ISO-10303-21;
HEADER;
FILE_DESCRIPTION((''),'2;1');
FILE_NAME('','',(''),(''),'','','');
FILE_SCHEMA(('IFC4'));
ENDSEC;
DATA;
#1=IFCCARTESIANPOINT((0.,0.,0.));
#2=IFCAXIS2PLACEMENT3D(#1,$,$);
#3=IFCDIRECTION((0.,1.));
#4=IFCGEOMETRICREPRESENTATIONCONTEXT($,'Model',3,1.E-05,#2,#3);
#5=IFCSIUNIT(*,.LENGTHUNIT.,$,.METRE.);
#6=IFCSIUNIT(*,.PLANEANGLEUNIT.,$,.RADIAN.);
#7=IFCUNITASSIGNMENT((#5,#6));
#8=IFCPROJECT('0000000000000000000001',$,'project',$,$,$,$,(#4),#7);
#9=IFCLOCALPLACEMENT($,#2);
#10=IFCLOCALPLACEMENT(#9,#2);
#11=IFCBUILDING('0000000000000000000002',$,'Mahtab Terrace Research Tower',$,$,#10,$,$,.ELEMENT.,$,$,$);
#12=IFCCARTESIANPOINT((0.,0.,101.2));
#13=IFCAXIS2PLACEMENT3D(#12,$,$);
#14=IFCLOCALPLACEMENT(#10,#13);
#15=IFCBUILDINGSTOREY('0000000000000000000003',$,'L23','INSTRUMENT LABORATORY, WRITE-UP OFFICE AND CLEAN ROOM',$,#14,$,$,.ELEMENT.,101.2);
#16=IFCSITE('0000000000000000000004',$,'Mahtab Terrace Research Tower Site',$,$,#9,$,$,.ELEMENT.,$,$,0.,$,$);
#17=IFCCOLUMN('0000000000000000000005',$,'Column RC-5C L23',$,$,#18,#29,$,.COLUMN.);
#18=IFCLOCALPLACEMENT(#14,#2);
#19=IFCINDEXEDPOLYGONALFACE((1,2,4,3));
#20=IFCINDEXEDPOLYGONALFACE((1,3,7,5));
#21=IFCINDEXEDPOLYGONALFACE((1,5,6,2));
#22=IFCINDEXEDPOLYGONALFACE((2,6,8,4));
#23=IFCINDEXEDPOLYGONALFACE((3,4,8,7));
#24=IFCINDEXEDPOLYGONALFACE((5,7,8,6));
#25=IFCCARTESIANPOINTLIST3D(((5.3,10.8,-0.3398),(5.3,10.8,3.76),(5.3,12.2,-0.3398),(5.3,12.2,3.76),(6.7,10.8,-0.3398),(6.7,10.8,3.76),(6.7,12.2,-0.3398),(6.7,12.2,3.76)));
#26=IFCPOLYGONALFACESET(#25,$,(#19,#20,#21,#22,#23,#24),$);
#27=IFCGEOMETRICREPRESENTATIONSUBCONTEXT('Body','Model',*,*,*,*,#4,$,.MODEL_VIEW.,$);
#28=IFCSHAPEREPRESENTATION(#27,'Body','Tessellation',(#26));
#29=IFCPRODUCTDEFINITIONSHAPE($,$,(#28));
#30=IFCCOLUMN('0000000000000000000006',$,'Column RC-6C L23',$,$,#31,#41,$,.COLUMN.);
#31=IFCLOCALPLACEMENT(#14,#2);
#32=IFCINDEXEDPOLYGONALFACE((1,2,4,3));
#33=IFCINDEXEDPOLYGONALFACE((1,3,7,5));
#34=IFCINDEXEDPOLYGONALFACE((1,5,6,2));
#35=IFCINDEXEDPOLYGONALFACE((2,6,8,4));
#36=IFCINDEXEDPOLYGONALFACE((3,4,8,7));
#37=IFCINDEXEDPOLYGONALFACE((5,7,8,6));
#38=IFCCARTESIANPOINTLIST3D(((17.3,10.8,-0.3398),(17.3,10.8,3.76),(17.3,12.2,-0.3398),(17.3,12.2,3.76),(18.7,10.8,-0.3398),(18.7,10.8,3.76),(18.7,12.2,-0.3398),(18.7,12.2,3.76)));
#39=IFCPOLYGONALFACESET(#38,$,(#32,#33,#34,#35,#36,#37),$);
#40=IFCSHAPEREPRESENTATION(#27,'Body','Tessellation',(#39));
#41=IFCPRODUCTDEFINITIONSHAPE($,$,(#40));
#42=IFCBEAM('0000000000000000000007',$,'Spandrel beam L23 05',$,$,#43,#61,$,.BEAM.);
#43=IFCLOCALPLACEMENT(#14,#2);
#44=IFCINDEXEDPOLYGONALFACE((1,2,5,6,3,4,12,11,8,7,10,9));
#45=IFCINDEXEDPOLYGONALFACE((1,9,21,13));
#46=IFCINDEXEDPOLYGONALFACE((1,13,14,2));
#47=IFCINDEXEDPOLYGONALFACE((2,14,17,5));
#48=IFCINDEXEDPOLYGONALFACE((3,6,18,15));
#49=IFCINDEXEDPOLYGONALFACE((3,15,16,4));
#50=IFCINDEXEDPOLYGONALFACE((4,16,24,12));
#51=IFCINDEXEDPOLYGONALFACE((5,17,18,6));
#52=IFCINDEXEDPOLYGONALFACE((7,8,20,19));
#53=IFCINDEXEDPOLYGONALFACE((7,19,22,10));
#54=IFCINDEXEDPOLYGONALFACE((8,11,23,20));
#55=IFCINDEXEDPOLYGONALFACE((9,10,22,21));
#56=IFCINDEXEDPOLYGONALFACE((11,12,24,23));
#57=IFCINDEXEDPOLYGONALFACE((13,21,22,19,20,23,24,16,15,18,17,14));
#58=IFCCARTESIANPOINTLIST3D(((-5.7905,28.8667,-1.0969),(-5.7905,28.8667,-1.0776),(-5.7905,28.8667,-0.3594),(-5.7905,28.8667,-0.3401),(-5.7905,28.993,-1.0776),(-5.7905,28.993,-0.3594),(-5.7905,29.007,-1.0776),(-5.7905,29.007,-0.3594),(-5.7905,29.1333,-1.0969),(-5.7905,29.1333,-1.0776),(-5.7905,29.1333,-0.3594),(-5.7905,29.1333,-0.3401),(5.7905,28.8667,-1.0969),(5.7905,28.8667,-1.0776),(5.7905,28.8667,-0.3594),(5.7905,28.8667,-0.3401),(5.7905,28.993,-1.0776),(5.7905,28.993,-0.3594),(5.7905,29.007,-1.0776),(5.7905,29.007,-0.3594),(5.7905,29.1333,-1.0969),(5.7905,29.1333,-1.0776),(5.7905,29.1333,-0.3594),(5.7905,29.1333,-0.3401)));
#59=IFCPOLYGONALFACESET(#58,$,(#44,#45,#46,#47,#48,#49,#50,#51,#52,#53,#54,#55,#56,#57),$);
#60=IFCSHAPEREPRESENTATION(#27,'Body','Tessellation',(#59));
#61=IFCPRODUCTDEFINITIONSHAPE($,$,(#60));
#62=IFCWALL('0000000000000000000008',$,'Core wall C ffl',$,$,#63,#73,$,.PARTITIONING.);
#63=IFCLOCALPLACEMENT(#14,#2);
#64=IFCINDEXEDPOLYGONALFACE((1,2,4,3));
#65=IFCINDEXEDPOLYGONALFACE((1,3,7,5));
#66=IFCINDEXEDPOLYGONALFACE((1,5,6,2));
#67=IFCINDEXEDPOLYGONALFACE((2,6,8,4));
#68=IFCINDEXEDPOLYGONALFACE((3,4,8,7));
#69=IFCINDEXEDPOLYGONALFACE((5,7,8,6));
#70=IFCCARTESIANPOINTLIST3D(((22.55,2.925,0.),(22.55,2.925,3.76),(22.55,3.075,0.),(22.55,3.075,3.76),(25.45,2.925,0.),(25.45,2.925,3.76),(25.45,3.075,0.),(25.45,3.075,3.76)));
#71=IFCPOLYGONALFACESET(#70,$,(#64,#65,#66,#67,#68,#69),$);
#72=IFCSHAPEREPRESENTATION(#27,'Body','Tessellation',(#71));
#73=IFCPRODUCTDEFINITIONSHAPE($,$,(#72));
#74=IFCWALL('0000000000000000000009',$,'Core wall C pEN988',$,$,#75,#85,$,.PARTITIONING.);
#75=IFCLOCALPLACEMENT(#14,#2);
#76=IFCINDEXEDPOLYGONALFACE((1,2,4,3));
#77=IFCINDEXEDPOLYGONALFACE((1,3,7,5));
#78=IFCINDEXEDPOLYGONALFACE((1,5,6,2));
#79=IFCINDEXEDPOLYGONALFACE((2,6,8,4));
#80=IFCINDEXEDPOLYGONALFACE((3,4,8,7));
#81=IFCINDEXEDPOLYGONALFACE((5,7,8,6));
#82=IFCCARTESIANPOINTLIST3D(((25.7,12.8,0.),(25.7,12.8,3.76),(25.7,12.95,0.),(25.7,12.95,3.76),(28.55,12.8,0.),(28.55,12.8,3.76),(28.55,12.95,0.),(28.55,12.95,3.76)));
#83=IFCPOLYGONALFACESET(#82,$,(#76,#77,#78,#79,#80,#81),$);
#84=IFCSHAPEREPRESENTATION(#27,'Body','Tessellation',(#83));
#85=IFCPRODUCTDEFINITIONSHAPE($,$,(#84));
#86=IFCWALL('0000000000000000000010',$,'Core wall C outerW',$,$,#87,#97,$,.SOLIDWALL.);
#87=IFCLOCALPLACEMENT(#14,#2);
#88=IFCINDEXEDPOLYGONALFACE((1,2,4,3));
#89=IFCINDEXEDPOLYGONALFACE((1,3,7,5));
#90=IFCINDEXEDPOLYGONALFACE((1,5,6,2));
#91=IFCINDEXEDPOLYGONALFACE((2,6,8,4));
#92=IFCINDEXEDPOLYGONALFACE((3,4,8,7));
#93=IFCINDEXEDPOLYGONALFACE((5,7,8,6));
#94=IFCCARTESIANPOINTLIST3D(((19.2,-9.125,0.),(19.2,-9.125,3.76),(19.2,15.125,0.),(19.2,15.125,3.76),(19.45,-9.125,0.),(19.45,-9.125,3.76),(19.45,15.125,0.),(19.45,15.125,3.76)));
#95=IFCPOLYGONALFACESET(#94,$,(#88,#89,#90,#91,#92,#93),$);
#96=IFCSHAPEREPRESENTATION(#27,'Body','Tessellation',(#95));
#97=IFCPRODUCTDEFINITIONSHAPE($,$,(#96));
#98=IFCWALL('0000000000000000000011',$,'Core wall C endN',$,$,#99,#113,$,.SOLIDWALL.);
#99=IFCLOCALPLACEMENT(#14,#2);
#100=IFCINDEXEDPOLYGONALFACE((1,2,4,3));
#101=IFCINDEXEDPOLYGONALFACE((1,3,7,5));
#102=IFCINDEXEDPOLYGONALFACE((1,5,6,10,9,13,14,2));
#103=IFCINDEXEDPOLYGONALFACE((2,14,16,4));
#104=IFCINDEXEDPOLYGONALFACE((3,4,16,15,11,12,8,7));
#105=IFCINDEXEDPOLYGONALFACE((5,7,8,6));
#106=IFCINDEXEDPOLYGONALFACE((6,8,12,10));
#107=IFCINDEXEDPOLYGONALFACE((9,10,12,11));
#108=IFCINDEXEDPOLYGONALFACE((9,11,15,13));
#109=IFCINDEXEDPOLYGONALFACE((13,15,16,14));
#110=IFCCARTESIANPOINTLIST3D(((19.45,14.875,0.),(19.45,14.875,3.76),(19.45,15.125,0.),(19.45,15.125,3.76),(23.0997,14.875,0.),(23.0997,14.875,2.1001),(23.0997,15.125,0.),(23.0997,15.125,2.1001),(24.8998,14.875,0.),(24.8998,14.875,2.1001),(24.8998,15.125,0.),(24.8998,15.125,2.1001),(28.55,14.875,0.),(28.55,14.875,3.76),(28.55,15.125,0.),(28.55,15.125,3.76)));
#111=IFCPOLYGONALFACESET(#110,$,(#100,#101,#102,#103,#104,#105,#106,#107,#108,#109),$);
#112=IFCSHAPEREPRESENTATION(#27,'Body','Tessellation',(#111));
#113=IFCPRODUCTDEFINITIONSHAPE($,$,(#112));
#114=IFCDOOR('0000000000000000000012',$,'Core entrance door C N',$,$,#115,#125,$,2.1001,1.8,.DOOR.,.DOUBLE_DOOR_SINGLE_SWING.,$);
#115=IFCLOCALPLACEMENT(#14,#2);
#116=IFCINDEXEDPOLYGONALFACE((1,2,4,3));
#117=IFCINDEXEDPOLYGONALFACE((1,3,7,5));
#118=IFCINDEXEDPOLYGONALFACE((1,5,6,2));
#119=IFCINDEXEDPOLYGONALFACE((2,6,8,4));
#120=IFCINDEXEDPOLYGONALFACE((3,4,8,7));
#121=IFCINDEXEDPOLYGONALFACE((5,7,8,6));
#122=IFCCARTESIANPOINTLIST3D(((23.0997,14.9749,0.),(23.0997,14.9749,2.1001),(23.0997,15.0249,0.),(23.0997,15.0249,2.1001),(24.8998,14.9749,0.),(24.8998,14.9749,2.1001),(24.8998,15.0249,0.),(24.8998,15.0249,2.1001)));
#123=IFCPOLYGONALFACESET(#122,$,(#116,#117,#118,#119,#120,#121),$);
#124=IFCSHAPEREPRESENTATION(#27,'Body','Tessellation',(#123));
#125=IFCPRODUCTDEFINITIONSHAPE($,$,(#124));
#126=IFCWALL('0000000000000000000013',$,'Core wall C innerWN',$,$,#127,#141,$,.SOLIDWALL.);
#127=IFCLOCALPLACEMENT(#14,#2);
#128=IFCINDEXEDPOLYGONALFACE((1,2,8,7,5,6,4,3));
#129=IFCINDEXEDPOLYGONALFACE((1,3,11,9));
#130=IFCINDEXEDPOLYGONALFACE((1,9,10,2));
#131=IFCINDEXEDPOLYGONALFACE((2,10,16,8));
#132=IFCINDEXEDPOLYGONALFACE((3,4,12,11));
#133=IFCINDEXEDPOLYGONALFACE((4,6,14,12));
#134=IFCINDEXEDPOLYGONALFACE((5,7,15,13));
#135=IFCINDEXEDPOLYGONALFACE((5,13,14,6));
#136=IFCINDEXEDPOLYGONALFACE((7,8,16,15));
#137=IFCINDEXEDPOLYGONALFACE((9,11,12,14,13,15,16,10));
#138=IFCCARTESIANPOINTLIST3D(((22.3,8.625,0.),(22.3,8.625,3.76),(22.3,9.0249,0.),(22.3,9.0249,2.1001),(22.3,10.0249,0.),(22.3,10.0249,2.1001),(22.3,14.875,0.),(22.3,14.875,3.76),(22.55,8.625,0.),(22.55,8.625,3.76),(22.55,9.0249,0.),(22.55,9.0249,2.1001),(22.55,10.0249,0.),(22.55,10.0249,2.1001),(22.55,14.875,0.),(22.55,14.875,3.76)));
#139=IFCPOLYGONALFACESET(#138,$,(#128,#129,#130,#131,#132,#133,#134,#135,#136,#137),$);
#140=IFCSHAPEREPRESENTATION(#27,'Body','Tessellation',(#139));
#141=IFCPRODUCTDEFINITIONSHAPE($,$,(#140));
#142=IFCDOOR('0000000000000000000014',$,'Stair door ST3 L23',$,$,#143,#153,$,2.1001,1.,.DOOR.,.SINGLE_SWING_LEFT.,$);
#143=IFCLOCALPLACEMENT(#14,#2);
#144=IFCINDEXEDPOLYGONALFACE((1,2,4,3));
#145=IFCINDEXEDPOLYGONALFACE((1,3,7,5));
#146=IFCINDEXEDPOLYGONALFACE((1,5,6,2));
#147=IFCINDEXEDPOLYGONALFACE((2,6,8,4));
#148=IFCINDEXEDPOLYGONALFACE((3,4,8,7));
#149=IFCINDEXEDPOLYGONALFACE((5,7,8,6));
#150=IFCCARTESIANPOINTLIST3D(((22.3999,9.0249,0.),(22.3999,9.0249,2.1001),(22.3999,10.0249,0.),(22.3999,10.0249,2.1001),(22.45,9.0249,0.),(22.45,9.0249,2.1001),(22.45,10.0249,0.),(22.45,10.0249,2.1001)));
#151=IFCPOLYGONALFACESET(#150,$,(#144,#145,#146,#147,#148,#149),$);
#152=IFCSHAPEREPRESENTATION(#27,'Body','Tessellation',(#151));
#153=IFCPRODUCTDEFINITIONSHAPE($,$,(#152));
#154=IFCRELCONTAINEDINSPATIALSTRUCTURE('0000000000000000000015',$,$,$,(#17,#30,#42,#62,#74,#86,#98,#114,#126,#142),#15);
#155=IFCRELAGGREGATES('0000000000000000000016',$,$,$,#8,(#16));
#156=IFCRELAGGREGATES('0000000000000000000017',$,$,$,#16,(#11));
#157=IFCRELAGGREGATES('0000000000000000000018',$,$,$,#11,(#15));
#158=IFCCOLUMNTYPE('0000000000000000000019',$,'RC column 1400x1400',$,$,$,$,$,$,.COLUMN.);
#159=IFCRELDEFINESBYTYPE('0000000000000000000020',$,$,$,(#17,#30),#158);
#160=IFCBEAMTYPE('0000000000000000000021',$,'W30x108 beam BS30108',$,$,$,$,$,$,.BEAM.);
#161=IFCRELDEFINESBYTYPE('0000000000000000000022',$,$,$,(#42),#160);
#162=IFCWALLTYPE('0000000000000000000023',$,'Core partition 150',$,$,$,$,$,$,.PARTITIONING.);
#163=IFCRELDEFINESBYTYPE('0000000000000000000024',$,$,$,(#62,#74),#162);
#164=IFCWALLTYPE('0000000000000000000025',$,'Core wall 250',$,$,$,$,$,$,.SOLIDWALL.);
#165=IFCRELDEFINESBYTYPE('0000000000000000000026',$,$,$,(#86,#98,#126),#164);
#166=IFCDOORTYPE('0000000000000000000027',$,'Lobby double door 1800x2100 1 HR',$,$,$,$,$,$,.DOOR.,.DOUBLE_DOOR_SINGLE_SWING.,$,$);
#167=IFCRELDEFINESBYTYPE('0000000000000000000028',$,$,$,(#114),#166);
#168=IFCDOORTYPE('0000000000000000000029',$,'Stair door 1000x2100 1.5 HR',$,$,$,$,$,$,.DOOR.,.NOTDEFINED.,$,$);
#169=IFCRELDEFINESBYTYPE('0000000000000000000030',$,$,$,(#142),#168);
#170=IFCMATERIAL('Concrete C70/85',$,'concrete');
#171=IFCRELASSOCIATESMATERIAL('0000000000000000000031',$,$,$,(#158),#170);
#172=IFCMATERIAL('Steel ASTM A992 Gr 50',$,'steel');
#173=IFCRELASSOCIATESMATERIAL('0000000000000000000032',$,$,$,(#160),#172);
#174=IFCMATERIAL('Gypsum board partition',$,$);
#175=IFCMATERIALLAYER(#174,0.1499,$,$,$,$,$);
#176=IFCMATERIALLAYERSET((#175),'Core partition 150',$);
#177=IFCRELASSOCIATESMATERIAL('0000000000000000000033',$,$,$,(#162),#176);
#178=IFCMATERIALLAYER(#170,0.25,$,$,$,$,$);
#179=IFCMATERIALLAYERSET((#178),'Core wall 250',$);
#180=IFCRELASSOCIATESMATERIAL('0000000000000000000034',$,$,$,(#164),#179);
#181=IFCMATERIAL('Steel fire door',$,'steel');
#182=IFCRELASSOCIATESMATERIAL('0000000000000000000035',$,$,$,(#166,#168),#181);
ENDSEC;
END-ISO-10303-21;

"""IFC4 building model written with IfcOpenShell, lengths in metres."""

from ifc_helpers import new_model, si_unit, direction, frame, frame_2d, origin, origin_2d, place, context, subcontext, project, spatial, rectangle, i_section, extrude, material, layer, layer_set, material_profile, profile_set, type_object, element, fill, save


model = new_model("IFC4")

# Units and contexts
model_context = context("Model", 3, precision=1e-05, world=origin(), true_north=direction((0.0, 1.0)))
body_context = subcontext(model_context, "Body", "Model", "MODEL_VIEW")
ifc_project = project(units=[si_unit("LENGTHUNIT", "METRE"), si_unit("PLANEANGLEUNIT", "RADIAN")], contexts=[model_context])

# Site, building, storey
site_placement = place(None, origin())
site = spatial("IfcSite", under=ifc_project, at=site_placement, Name="Mahtab Terrace Research Tower Site", CompositionType="ELEMENT", RefElevation=0.0)
building_placement = place(site_placement, origin())
building = spatial("IfcBuilding", under=site, at=building_placement, Name="Mahtab Terrace Research Tower", CompositionType="ELEMENT")
storey_placement = place(building_placement, frame((0.0, 0.0, 101.2)))
storey = spatial("IfcBuildingStorey", under=building, at=storey_placement, Name="L23", Description="INSTRUMENT LABORATORY, WRITE-UP OFFICE AND CLEAN ROOM", CompositionType="ELEMENT", Elevation=101.2)

# Columns
ifc_material_1 = material(Name="Concrete C70/85", Category="concrete")
ifc_material_profile_1 = material_profile(ifc_material_1, rectangle(XDim=1.3999, YDim=1.3999, at=origin_2d()), Name="RC column 1400x1400")
ifc_profile_set_1 = profile_set([ifc_material_profile_1], Name="Concrete C70/85")
column_type = type_object("IfcColumnType", Name="RC column 1400x1400", PredefinedType="COLUMN", material=ifc_profile_set_1)
for number, where, z_axis, x_axis, name in (
    (1, (6.0, 11.5, -0.3398), (0.0, 0.0, 1.0), (1.0, 0.0, 0.0), "Column RC-5C L23"),
    (2, (18.0, 11.5, -0.3398), (0.0, 0.0, 1.0), (1.0, 0.0, 0.0), "Column RC-6C L23"),
):
    element("IfcColumn", number, at=place(storey_placement, frame(where, z_axis=z_axis, x_axis=x_axis)), inside=storey, type_object=column_type, Name=name, PredefinedType="COLUMN", context=body_context, shape_type="SweptSolid", body=[
        extrude(rectangle(XDim=1.3999, YDim=1.3999, at=origin_2d()), origin(), (0.0, 0.0, 1.0), 4.0999),
    ])

# Beam
ifc_material_2 = material(Name="Steel ASTM A992 Gr 50", Category="steel")
ifc_material_profile_2 = material_profile(ifc_material_2, i_section(OverallWidth=0.2666, OverallDepth=0.7568, WebThickness=0.0139, FlangeThickness=0.0193, at=origin_2d()), Name="W30X108")
ifc_profile_set_2 = profile_set([ifc_material_profile_2], Name="Steel ASTM A992 Gr 50")
beam_type = type_object("IfcBeamType", Name="W30x108 beam BS30108", PredefinedType="BEAM", material=ifc_profile_set_2)
beam_placement = place(storey_placement, frame((5.7905, 29.0, -0.7185), z_axis=(-1.0, 0.0, 0.0), x_axis=(0.0, -1.0, 0.0)))
element("IfcBeam", 3, at=beam_placement, inside=storey, type_object=beam_type, Name="Spandrel beam L23 05", PredefinedType="BEAM", context=body_context, shape_type="SweptSolid", body=[
    extrude(i_section(OverallWidth=0.2666, OverallDepth=0.7568, WebThickness=0.0139, FlangeThickness=0.0193, at=origin_2d()), origin(), (0.0, 0.0, 1.0), 11.5811),
])

# Walls
ifc_material_3 = material(Name="Gypsum board partition")
ifc_layer_1 = layer(ifc_material_3, 0.1499)
ifc_layer_set_1 = layer_set([ifc_layer_1], Name="Core partition 150")
wall_type_1 = type_object("IfcWallType", Name="Core partition 150", PredefinedType="PARTITIONING", material=ifc_layer_set_1)
wall_1_placement = place(storey_placement, frame((22.55, 3.0, 0.0), z_axis=(0.0, 0.0, 1.0), x_axis=(1.0, 0.0, 0.0)))
element("IfcWall", 4, at=wall_1_placement, inside=storey, type_object=wall_type_1, Name="Core wall C ffl", PredefinedType="PARTITIONING", context=body_context, shape_type="SweptSolid", body=[
    extrude(rectangle(XDim=2.8999, YDim=0.1499, at=frame_2d((1.45, 0.0))), origin(), (0.0, 0.0, 1.0), 3.76),
])
wall_2_placement = place(storey_placement, frame((25.7, 12.875, 0.0), z_axis=(0.0, 0.0, 1.0), x_axis=(1.0, 0.0, 0.0)))
element("IfcWall", 5, at=wall_2_placement, inside=storey, type_object=wall_type_1, Name="Core wall C pEN988", PredefinedType="PARTITIONING", context=body_context, shape_type="SweptSolid", body=[
    extrude(rectangle(XDim=2.8501, YDim=0.1499, at=frame_2d((1.425, 0.0))), origin(), (0.0, 0.0, 1.0), 3.76),
])
ifc_layer_2 = layer(ifc_material_1, 0.25)
ifc_layer_set_2 = layer_set([ifc_layer_2], Name="Core wall 250")
wall_type_2 = type_object("IfcWallType", Name="Core wall 250", PredefinedType="SOLIDWALL", material=ifc_layer_set_2)
wall_3_placement = place(storey_placement, frame((19.325, 15.125, 0.0), z_axis=(0.0, 0.0, 1.0), x_axis=(0.0, -1.0, 0.0)))
element("IfcWall", 6, at=wall_3_placement, inside=storey, type_object=wall_type_2, Name="Core wall C outerW", PredefinedType="SOLIDWALL", context=body_context, shape_type="SweptSolid", body=[
    extrude(rectangle(XDim=24.25, YDim=0.25, at=frame_2d((12.125, 0.0))), origin(), (0.0, 0.0, 1.0), 3.76),
])

# Walls, openings, doors
wall_4_placement = place(storey_placement, frame((19.45, 15.0, 0.0), z_axis=(0.0, 0.0, 1.0), x_axis=(1.0, 0.0, 0.0)))
wall_4 = element("IfcWall", 7, at=wall_4_placement, inside=storey, type_object=wall_type_2, Name="Core wall C endN", PredefinedType="SOLIDWALL", context=body_context, shape_type="SweptSolid", body=[
    extrude(rectangle(XDim=9.1001, YDim=0.25, at=frame_2d((4.55, 0.0))), origin(), (0.0, 0.0, 1.0), 3.76),
])
opening_1_placement = place(wall_4_placement, frame((3.6499, 0.0, 0.0)))
opening_1 = element("IfcOpeningElement", 8, at=opening_1_placement, cuts=wall_4, PredefinedType="OPENING", context=body_context, shape_type="SweptSolid", body=[
    extrude(rectangle(XDim=1.8, YDim=2.1001, at=frame_2d((0.8999, 1.05))), frame((0.0, 0.135, 0.0), z_axis=(0.0, -1.0, 0.0), x_axis=(1.0, 0.0, 0.0)), (0.0, 0.0, 1.0), 0.27),
])
ifc_material_4 = material(Name="Steel fire door", Category="steel")
door_type_1 = type_object("IfcDoorType", Name="Lobby double door 1800x2100 1 HR", OperationType="DOUBLE_DOOR_SINGLE_SWING", PredefinedType="DOOR", material=ifc_material_4)
door_1_placement = place(opening_1_placement, origin())
door_1 = element("IfcDoor", 9, at=door_1_placement, inside=storey, type_object=door_type_1, Name="Core entrance door C N", OperationType="DOUBLE_DOOR_SINGLE_SWING", OverallHeight=2.1001, OverallWidth=1.8, PredefinedType="DOOR", context=body_context, shape_type="SweptSolid", body=[
    extrude(rectangle(XDim=1.8, YDim=2.1001, at=frame_2d((0.8999, 1.05))), frame((0.0, 0.0249, 0.0), z_axis=(0.0, -1.0, 0.0), x_axis=(1.0, 0.0, 0.0)), (0.0, 0.0, 1.0), 0.05),
])
fill(opening_1, door_1)
wall_5_placement = place(storey_placement, frame((22.425, 14.875, 0.0), z_axis=(0.0, 0.0, 1.0), x_axis=(0.0, -1.0, 0.0)))
wall_5 = element("IfcWall", 10, at=wall_5_placement, inside=storey, type_object=wall_type_2, Name="Core wall C innerWN", PredefinedType="SOLIDWALL", context=body_context, shape_type="SweptSolid", body=[
    extrude(rectangle(XDim=6.25, YDim=0.25, at=frame_2d((3.125, 0.0))), origin(), (0.0, 0.0, 1.0), 3.76),
])
opening_2_placement = place(wall_5_placement, frame((4.8501, 0.0, 0.0)))
opening_2 = element("IfcOpeningElement", 11, at=opening_2_placement, cuts=wall_5, PredefinedType="OPENING", context=body_context, shape_type="SweptSolid", body=[
    extrude(rectangle(XDim=1.0, YDim=2.1001, at=frame_2d((0.5, 1.05))), frame((0.0, 0.135, 0.0), z_axis=(0.0, -1.0, 0.0), x_axis=(1.0, 0.0, 0.0)), (0.0, 0.0, 1.0), 0.27),
])
door_type_2 = type_object("IfcDoorType", Name="Stair door 1000x2100 1.5 HR", OperationType="NOTDEFINED", PredefinedType="DOOR", material=ifc_material_4)
door_2_placement = place(opening_2_placement, origin())
door_2 = element("IfcDoor", 12, at=door_2_placement, inside=storey, type_object=door_type_2, Name="Stair door ST3 L23", OperationType="SINGLE_SWING_LEFT", OverallHeight=2.1001, OverallWidth=1.0, PredefinedType="DOOR", context=body_context, shape_type="SweptSolid", body=[
    extrude(rectangle(XDim=1.0, YDim=2.1001, at=frame_2d((0.5, 1.05))), frame((0.0, 0.0249, 0.0), z_axis=(0.0, -1.0, 0.0), x_axis=(1.0, 0.0, 0.0)), (0.0, 0.0, 1.0), 0.05),
])
fill(opening_2, door_2)

save(model, "model.ifc")
